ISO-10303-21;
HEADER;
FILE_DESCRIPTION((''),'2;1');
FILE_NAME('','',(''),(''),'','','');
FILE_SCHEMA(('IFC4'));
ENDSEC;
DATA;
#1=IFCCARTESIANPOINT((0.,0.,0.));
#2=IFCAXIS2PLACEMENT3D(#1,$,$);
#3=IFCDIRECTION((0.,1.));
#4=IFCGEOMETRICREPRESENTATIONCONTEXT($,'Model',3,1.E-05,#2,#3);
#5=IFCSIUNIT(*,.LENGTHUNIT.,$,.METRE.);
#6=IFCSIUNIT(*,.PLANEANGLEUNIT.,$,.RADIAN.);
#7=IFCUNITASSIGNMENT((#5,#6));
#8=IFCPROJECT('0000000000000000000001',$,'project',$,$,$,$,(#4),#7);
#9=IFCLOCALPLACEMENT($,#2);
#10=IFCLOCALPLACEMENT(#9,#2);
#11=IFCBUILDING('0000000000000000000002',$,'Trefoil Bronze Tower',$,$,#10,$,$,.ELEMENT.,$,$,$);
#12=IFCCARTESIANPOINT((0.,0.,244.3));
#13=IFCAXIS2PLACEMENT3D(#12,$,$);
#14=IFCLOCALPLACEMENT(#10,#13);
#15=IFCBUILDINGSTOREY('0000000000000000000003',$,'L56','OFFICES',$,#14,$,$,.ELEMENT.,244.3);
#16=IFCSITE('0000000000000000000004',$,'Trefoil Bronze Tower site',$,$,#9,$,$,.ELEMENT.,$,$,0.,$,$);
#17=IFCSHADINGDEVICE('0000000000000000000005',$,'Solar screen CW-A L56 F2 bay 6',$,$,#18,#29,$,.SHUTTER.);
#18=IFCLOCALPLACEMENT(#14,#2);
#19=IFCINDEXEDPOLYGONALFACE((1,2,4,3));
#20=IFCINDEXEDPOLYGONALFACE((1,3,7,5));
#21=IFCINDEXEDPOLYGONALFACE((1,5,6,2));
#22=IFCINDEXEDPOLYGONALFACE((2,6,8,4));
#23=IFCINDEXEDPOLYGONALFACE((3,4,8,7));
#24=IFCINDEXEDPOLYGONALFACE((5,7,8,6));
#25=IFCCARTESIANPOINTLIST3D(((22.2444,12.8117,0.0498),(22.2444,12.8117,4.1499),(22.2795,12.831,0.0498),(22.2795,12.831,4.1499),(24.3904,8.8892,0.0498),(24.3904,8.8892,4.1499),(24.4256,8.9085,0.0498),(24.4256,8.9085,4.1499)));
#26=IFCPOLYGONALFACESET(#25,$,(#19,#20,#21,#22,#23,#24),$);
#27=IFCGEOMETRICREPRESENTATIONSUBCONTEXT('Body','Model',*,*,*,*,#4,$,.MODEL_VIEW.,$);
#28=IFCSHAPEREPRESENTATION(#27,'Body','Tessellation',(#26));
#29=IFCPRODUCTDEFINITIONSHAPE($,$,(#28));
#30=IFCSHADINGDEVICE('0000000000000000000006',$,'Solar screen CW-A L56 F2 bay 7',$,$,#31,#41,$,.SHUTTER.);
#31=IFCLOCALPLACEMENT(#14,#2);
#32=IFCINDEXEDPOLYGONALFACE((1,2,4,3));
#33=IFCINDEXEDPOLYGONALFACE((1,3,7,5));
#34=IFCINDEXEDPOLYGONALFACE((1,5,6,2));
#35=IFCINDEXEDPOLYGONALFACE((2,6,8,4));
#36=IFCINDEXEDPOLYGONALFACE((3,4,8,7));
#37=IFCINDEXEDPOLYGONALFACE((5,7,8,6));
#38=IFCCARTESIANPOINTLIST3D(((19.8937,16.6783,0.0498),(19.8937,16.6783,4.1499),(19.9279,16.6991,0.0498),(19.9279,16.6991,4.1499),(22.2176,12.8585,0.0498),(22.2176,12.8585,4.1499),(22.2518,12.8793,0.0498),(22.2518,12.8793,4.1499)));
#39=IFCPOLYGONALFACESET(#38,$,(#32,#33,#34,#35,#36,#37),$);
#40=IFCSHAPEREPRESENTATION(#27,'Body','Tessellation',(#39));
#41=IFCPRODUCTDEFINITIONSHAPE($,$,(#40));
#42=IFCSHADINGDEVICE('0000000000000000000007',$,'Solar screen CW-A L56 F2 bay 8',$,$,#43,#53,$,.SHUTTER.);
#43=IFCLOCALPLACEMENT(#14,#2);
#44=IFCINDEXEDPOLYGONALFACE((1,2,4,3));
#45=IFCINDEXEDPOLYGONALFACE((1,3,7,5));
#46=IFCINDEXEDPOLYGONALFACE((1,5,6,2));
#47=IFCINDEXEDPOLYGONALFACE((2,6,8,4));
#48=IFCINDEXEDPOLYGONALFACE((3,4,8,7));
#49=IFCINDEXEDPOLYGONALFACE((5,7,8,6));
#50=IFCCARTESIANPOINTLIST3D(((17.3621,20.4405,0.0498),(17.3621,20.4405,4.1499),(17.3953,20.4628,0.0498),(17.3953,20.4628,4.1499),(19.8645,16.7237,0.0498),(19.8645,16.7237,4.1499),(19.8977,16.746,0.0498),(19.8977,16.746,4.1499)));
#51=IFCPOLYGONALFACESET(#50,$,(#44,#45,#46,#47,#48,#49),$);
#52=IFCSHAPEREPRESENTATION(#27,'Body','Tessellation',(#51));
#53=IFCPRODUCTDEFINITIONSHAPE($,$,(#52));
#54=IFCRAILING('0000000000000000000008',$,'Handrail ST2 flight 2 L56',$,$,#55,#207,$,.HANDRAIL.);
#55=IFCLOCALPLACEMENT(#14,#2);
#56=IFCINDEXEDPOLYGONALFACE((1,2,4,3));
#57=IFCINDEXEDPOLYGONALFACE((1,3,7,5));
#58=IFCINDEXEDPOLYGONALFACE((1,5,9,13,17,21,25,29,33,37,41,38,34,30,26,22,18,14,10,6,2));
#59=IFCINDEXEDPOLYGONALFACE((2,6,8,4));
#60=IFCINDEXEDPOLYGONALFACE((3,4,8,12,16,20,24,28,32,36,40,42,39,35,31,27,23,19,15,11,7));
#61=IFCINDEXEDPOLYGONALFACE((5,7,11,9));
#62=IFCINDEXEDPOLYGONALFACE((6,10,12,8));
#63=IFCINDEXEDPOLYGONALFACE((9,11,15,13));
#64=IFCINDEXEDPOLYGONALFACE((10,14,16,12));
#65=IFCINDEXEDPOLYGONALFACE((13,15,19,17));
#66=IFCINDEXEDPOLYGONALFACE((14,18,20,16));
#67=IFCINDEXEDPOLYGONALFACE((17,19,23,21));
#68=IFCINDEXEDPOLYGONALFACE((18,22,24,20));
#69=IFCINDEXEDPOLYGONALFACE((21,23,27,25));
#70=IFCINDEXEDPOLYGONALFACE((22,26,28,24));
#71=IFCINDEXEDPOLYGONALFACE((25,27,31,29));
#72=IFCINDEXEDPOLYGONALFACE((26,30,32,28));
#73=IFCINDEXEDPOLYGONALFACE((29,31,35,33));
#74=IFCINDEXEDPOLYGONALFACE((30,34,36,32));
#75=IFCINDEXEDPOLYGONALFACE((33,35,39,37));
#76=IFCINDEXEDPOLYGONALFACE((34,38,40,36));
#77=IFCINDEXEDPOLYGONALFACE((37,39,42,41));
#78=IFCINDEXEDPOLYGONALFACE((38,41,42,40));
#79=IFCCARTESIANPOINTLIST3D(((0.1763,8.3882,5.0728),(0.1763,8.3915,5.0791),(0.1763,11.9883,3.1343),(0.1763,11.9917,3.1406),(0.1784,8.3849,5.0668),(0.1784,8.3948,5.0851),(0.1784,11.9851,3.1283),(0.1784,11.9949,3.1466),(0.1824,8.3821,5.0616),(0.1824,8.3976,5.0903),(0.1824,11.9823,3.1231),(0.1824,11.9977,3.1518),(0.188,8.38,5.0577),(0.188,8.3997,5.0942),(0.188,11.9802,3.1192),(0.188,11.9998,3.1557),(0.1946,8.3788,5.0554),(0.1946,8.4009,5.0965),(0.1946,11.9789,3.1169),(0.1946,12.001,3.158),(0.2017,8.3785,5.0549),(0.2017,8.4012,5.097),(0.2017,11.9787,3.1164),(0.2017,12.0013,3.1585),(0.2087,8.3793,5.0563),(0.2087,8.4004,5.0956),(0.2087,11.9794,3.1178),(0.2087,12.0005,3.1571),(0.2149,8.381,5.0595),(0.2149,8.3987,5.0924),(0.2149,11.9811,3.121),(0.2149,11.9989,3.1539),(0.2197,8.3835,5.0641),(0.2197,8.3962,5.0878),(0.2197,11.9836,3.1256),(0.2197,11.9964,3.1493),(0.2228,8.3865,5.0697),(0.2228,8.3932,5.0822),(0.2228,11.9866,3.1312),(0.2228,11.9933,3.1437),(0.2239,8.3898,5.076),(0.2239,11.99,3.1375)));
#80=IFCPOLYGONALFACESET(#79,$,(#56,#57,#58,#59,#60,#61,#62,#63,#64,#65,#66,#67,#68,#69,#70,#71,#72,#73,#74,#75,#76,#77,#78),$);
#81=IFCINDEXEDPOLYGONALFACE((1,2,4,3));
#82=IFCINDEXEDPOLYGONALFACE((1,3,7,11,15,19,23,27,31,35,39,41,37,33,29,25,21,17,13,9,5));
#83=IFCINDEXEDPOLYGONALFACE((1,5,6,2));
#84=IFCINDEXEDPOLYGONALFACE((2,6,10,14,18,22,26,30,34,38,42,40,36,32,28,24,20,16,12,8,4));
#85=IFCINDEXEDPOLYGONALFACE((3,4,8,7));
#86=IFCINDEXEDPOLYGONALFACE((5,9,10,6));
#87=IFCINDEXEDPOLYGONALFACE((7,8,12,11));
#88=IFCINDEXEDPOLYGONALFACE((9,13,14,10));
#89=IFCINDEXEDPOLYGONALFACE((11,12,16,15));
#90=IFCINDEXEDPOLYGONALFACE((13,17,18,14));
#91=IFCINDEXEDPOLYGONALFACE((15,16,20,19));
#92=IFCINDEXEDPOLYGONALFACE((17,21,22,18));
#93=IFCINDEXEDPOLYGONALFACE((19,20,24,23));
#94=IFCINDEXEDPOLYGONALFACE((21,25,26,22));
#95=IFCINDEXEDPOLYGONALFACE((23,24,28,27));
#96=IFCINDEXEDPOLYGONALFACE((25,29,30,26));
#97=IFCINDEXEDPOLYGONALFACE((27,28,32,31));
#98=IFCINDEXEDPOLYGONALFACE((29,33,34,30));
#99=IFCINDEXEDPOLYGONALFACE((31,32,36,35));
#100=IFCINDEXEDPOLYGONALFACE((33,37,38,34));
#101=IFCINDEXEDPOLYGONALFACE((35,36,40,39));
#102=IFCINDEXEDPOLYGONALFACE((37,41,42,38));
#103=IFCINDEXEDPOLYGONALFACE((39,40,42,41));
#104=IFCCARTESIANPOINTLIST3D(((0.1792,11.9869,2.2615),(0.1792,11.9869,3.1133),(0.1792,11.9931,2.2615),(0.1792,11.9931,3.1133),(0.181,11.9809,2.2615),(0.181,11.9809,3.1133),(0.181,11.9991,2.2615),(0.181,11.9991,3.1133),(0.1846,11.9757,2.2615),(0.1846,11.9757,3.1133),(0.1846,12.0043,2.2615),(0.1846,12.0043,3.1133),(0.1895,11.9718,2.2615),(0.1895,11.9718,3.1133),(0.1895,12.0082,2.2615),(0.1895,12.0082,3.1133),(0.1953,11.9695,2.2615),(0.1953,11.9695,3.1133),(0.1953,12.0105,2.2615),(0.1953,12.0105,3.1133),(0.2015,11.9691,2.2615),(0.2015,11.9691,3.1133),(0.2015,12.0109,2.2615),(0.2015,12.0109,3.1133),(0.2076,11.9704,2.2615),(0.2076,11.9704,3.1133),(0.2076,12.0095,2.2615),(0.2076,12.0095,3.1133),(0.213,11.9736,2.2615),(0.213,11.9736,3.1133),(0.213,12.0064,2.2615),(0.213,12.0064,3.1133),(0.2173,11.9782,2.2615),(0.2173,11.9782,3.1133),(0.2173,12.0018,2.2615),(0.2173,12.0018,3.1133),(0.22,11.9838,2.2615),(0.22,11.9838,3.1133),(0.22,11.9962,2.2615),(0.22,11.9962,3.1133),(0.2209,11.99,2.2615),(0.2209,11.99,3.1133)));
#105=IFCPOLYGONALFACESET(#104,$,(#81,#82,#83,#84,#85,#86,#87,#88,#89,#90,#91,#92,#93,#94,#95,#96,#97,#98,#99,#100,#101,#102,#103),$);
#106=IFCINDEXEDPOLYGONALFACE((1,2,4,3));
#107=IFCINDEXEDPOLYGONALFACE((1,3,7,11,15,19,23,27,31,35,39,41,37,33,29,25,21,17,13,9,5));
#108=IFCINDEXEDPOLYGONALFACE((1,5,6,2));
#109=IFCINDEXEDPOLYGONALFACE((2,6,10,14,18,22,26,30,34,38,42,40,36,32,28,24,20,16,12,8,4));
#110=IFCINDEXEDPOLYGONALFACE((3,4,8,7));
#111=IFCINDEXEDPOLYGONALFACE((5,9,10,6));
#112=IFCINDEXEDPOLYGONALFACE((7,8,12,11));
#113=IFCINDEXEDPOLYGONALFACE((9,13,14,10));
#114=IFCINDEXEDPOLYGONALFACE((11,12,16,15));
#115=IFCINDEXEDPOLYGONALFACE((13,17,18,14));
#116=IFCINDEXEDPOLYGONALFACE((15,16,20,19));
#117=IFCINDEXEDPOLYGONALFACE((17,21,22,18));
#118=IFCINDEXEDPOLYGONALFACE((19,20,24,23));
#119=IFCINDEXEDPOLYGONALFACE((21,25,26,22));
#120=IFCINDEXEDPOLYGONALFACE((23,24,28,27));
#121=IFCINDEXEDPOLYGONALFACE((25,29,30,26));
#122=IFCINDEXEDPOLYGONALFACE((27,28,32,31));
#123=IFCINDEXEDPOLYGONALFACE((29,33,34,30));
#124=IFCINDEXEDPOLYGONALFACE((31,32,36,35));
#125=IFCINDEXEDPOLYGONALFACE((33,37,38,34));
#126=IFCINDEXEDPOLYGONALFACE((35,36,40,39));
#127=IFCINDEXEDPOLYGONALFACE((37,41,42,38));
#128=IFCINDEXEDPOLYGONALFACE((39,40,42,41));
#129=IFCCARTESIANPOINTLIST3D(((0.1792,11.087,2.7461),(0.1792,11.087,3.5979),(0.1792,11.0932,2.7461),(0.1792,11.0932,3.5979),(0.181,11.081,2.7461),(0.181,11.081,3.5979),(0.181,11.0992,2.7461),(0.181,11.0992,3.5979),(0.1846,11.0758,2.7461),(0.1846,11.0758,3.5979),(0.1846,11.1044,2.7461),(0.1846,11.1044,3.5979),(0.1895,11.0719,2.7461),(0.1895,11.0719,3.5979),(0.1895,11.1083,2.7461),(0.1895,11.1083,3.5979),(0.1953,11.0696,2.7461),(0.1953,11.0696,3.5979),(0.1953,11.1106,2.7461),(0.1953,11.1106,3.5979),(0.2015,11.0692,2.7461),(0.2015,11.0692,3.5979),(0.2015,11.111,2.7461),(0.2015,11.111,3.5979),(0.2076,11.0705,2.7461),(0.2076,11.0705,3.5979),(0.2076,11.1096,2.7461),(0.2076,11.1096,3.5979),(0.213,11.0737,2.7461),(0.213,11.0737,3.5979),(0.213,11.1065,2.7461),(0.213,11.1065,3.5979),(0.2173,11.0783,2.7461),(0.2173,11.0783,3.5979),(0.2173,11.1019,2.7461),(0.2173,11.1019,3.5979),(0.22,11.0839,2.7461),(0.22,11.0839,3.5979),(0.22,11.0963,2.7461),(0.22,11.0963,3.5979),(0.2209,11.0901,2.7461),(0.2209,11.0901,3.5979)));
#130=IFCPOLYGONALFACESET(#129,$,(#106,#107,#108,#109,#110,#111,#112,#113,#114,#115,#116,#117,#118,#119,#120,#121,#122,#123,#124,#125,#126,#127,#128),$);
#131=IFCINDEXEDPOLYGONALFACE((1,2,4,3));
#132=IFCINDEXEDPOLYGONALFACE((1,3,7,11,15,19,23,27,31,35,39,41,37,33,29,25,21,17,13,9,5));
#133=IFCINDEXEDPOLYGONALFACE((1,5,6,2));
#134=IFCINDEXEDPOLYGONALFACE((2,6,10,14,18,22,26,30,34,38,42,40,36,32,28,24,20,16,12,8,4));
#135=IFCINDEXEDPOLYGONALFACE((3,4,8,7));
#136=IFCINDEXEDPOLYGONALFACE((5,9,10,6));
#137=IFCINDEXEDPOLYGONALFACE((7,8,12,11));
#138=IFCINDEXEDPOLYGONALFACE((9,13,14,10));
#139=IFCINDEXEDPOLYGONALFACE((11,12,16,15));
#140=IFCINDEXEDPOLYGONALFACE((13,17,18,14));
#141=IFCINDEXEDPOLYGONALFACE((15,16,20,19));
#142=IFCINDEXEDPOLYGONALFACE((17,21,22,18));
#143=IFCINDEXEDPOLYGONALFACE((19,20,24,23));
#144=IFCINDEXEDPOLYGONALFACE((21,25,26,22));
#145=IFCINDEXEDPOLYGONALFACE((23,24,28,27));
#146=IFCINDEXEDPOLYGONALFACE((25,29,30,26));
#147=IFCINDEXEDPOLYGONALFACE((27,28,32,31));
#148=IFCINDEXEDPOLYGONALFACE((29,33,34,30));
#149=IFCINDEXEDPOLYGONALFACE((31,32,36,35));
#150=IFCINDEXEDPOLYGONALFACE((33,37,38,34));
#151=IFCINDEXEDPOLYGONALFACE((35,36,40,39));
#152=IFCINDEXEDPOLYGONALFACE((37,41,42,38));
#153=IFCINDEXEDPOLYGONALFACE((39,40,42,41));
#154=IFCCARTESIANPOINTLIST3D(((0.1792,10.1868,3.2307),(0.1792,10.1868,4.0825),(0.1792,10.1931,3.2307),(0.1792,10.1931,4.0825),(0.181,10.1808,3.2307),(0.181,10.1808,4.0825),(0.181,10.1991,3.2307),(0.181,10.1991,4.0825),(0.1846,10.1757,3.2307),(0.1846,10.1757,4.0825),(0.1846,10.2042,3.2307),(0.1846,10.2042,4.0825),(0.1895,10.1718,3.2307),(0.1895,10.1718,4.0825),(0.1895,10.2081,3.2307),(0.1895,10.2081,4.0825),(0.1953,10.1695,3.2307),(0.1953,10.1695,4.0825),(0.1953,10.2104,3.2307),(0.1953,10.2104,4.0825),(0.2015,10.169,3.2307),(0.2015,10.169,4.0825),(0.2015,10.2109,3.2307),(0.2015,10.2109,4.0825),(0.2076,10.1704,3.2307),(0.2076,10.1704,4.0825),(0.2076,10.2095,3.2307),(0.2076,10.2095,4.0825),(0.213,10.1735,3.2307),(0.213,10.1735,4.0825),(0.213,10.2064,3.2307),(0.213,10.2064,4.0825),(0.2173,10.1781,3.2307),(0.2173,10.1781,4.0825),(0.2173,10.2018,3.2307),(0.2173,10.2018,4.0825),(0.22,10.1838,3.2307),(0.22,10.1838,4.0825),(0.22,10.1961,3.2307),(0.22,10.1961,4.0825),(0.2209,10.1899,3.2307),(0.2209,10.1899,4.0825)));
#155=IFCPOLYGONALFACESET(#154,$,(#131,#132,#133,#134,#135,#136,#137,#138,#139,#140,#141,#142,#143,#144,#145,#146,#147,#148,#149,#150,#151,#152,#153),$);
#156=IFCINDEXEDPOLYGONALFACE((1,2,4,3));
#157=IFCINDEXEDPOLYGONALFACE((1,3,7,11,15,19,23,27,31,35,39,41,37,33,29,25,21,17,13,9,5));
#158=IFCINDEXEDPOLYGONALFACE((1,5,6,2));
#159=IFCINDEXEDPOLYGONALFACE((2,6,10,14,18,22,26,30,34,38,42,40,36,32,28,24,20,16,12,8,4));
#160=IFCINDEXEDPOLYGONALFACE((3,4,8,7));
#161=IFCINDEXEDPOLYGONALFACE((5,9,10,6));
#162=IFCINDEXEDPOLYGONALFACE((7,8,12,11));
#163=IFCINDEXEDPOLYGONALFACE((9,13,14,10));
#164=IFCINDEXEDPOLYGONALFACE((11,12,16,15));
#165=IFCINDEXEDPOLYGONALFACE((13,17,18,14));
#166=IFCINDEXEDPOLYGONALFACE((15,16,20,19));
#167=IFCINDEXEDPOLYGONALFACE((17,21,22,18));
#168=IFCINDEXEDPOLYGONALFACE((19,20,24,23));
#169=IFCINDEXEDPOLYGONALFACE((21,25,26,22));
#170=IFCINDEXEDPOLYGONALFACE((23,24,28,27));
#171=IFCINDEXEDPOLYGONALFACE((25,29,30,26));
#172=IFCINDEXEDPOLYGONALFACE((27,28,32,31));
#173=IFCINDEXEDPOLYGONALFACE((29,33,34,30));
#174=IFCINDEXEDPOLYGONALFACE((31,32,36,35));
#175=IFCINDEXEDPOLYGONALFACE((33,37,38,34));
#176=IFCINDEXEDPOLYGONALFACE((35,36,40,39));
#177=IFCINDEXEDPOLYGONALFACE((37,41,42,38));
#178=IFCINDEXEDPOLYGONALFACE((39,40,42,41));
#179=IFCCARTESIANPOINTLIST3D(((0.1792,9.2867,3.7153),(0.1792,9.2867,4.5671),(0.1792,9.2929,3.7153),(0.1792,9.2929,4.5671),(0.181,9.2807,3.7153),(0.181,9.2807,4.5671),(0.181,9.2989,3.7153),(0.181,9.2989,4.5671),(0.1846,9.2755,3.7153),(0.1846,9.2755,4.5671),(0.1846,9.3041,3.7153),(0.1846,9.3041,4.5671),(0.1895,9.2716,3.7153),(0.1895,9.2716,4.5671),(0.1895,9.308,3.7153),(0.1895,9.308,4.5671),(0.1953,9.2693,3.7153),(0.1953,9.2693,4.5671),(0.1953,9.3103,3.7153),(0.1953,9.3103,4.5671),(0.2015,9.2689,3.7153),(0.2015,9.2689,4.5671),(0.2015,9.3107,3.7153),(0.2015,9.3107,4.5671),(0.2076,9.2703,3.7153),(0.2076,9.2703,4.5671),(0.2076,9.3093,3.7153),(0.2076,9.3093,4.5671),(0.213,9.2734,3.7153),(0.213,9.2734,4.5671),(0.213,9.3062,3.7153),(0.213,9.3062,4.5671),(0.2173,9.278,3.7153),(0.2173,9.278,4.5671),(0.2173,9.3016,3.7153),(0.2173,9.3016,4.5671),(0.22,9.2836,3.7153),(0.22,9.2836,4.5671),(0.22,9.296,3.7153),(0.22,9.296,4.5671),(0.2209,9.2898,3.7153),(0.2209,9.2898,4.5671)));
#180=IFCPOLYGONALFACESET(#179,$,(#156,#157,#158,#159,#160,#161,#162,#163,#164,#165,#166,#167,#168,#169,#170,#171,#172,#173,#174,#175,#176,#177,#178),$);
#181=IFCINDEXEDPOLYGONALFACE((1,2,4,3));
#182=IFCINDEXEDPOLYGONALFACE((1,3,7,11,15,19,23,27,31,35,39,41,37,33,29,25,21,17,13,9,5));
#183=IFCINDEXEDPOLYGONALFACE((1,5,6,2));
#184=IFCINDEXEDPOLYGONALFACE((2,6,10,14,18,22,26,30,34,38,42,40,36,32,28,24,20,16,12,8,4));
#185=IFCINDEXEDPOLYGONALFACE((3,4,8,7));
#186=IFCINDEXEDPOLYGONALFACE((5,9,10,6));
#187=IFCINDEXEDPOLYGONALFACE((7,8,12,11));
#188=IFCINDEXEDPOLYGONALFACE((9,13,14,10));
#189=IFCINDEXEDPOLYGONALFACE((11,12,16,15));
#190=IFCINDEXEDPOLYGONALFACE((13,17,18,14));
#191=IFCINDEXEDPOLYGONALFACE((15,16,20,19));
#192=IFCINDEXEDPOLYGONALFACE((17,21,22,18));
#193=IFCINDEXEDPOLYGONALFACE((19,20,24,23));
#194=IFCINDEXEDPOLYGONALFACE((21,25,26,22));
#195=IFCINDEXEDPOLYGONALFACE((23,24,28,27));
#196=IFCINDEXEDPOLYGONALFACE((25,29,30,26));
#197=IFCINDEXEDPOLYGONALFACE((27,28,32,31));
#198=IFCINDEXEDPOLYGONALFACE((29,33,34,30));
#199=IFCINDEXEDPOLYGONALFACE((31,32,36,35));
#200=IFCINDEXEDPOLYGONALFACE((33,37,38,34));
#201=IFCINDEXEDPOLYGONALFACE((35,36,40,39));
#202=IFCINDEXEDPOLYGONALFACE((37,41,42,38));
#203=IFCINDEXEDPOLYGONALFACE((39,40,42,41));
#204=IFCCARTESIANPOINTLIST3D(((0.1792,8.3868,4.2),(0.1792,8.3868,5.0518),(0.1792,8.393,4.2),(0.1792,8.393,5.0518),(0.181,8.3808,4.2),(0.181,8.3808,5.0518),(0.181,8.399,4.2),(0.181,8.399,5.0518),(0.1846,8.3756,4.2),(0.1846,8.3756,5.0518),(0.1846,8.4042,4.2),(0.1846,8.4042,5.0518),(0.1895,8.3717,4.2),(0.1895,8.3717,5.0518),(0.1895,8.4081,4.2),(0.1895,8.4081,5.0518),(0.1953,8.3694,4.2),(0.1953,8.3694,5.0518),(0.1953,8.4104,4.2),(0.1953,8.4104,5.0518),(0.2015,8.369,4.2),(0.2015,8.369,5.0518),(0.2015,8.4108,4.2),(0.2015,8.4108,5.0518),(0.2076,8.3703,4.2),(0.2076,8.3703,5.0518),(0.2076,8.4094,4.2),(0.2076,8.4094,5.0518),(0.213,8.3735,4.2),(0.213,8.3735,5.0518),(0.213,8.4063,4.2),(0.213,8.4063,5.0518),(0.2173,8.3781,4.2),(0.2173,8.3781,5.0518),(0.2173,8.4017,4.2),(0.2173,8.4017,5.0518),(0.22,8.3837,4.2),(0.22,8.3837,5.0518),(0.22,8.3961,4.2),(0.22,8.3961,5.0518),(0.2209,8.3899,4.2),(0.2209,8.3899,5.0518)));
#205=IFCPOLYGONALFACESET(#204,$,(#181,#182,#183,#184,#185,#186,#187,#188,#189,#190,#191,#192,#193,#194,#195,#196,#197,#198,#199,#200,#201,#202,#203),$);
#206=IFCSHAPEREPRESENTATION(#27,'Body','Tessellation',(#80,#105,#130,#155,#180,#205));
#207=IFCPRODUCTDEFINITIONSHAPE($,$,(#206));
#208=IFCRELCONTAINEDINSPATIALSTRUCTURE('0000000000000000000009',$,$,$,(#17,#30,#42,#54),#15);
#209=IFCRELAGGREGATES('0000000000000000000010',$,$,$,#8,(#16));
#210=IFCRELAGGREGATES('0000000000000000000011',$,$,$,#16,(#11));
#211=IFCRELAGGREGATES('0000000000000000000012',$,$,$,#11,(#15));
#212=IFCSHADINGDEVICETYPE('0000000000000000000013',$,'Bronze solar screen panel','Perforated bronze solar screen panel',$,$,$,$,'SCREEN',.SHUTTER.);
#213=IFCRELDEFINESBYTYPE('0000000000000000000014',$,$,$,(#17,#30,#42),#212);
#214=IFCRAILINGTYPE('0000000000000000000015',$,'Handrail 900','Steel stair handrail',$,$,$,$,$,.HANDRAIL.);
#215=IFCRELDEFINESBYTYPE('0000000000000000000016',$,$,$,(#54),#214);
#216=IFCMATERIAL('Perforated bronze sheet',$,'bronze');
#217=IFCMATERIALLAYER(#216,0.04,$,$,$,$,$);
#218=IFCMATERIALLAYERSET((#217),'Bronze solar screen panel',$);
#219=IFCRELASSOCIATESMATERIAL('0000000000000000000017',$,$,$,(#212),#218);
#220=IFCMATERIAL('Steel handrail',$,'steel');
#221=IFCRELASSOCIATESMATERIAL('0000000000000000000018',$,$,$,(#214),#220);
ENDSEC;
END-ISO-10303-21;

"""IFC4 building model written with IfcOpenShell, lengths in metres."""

from ifc_helpers import new_model, si_unit, direction, frame, origin, origin_2d, place, context, subcontext, project, spatial, rectangle, circle, extrude, material, layer, layer_set, type_object, element, save


model = new_model("IFC4")

# Units and contexts
model_context = context("Model", 3, precision=1e-05, world=origin(), true_north=direction((0.0, 1.0)))
body_context = subcontext(model_context, "Body", "Model", "MODEL_VIEW")
ifc_project = project(units=[si_unit("LENGTHUNIT", "METRE"), si_unit("PLANEANGLEUNIT", "RADIAN")], contexts=[model_context])

# Site, building, storey
site_placement = place(None, origin())
site = spatial("IfcSite", under=ifc_project, at=site_placement, Name="Trefoil Bronze Tower site", CompositionType="ELEMENT", RefElevation=0.0)
building_placement = place(site_placement, origin())
building = spatial("IfcBuilding", under=site, at=building_placement, Name="Trefoil Bronze Tower", CompositionType="ELEMENT")
storey_placement = place(building_placement, frame((0.0, 0.0, 244.3)))
storey = spatial("IfcBuildingStorey", under=building, at=storey_placement, Name="L56", Description="OFFICES", CompositionType="ELEMENT", Elevation=244.3)

# Shading devices
ifc_material_1 = material(Name="Perforated bronze sheet", Category="bronze")
ifc_layer_1 = layer(ifc_material_1, 0.04)
ifc_layer_set_1 = layer_set([ifc_layer_1], Name="Bronze solar screen panel")
shading_device_type = type_object("IfcShadingDeviceType", Name="Bronze solar screen panel", Description="Perforated bronze solar screen panel", ElementType="SCREEN", PredefinedType="SHUTTER", material=ifc_layer_set_1)
for number, where, z_axis, x_axis, name in (
    (1, (23.335, 10.8601, 0.0498), (0.0, 0.0, 1.0), (-0.479974, 0.877283, 0.0), "Solar screen CW-A L56 F2 bay 6"),
    (2, (21.0728, 14.7788, 0.0498), (0.0, 0.0, 1.0), (-0.519762, 0.854311, 0.0), "Solar screen CW-A L56 F2 bay 7"),
):
    element("IfcShadingDevice", number, at=place(storey_placement, frame(where, z_axis=z_axis, x_axis=x_axis)), inside=storey, type_object=shading_device_type, Name=name, PredefinedType="SHUTTER", context=body_context, shape_type="SweptSolid", body=[
        extrude(rectangle(XDim=4.4712, YDim=0.04, at=origin_2d()), origin(), (0.0, 0.0, 1.0), 4.1001),
    ])
shading_device_placement = place(storey_placement, frame((18.6299, 18.5933, 0.0498), z_axis=(0.0, 0.0, 1.0), x_axis=(-0.558493, 0.829509, 0.0)))
element("IfcShadingDevice", 3, at=shading_device_placement, inside=storey, type_object=shading_device_type, Name="Solar screen CW-A L56 F2 bay 8", PredefinedType="SHUTTER", context=body_context, shape_type="SweptSolid", body=[
    extrude(rectangle(XDim=4.4807, YDim=0.04, at=origin_2d()), origin(), (0.0, 0.0, 1.0), 4.1001),
])

# Railing
ifc_material_2 = material(Name="Steel handrail", Category="steel")
railing_type = type_object("IfcRailingType", Name="Handrail 900", Description="Steel stair handrail", PredefinedType="HANDRAIL", material=ifc_material_2)
railing_placement = place(storey_placement, frame((0.2, 11.99, 2.2615)))
element("IfcRailing", 4, at=railing_placement, inside=storey, type_object=railing_type, Name="Handrail ST2 flight 2 L56", PredefinedType="HANDRAIL", context=body_context, shape_type="SweptSolid", body=[
    extrude(circle(Radius=0.0239, at=origin_2d()), frame((0.0, 0.0, 0.876), z_axis=(0.0, -0.880475, 0.474093), x_axis=(1.0, 0.0, 0.0)), (0.0, 0.0, 1.0), 4.0889),
    extrude(circle(Radius=0.021, at=origin_2d()), origin(), (0.0, 0.0, 1.0), 0.8518),
    extrude(circle(Radius=0.021, at=origin_2d()), frame((0.0, -0.8999, 0.4846)), (0.0, 0.0, 1.0), 0.8518),
    extrude(circle(Radius=0.021, at=origin_2d()), frame((0.0, -1.8, 0.9692)), (0.0, 0.0, 1.0), 0.8518),
    extrude(circle(Radius=0.021, at=origin_2d()), frame((0.0, -2.7002, 1.4539)), (0.0, 0.0, 1.0), 0.8518),
    extrude(circle(Radius=0.021, at=origin_2d()), frame((0.0, -3.6001, 1.9385)), (0.0, 0.0, 1.0), 0.8518),
])

save(model, "model.ifc")
